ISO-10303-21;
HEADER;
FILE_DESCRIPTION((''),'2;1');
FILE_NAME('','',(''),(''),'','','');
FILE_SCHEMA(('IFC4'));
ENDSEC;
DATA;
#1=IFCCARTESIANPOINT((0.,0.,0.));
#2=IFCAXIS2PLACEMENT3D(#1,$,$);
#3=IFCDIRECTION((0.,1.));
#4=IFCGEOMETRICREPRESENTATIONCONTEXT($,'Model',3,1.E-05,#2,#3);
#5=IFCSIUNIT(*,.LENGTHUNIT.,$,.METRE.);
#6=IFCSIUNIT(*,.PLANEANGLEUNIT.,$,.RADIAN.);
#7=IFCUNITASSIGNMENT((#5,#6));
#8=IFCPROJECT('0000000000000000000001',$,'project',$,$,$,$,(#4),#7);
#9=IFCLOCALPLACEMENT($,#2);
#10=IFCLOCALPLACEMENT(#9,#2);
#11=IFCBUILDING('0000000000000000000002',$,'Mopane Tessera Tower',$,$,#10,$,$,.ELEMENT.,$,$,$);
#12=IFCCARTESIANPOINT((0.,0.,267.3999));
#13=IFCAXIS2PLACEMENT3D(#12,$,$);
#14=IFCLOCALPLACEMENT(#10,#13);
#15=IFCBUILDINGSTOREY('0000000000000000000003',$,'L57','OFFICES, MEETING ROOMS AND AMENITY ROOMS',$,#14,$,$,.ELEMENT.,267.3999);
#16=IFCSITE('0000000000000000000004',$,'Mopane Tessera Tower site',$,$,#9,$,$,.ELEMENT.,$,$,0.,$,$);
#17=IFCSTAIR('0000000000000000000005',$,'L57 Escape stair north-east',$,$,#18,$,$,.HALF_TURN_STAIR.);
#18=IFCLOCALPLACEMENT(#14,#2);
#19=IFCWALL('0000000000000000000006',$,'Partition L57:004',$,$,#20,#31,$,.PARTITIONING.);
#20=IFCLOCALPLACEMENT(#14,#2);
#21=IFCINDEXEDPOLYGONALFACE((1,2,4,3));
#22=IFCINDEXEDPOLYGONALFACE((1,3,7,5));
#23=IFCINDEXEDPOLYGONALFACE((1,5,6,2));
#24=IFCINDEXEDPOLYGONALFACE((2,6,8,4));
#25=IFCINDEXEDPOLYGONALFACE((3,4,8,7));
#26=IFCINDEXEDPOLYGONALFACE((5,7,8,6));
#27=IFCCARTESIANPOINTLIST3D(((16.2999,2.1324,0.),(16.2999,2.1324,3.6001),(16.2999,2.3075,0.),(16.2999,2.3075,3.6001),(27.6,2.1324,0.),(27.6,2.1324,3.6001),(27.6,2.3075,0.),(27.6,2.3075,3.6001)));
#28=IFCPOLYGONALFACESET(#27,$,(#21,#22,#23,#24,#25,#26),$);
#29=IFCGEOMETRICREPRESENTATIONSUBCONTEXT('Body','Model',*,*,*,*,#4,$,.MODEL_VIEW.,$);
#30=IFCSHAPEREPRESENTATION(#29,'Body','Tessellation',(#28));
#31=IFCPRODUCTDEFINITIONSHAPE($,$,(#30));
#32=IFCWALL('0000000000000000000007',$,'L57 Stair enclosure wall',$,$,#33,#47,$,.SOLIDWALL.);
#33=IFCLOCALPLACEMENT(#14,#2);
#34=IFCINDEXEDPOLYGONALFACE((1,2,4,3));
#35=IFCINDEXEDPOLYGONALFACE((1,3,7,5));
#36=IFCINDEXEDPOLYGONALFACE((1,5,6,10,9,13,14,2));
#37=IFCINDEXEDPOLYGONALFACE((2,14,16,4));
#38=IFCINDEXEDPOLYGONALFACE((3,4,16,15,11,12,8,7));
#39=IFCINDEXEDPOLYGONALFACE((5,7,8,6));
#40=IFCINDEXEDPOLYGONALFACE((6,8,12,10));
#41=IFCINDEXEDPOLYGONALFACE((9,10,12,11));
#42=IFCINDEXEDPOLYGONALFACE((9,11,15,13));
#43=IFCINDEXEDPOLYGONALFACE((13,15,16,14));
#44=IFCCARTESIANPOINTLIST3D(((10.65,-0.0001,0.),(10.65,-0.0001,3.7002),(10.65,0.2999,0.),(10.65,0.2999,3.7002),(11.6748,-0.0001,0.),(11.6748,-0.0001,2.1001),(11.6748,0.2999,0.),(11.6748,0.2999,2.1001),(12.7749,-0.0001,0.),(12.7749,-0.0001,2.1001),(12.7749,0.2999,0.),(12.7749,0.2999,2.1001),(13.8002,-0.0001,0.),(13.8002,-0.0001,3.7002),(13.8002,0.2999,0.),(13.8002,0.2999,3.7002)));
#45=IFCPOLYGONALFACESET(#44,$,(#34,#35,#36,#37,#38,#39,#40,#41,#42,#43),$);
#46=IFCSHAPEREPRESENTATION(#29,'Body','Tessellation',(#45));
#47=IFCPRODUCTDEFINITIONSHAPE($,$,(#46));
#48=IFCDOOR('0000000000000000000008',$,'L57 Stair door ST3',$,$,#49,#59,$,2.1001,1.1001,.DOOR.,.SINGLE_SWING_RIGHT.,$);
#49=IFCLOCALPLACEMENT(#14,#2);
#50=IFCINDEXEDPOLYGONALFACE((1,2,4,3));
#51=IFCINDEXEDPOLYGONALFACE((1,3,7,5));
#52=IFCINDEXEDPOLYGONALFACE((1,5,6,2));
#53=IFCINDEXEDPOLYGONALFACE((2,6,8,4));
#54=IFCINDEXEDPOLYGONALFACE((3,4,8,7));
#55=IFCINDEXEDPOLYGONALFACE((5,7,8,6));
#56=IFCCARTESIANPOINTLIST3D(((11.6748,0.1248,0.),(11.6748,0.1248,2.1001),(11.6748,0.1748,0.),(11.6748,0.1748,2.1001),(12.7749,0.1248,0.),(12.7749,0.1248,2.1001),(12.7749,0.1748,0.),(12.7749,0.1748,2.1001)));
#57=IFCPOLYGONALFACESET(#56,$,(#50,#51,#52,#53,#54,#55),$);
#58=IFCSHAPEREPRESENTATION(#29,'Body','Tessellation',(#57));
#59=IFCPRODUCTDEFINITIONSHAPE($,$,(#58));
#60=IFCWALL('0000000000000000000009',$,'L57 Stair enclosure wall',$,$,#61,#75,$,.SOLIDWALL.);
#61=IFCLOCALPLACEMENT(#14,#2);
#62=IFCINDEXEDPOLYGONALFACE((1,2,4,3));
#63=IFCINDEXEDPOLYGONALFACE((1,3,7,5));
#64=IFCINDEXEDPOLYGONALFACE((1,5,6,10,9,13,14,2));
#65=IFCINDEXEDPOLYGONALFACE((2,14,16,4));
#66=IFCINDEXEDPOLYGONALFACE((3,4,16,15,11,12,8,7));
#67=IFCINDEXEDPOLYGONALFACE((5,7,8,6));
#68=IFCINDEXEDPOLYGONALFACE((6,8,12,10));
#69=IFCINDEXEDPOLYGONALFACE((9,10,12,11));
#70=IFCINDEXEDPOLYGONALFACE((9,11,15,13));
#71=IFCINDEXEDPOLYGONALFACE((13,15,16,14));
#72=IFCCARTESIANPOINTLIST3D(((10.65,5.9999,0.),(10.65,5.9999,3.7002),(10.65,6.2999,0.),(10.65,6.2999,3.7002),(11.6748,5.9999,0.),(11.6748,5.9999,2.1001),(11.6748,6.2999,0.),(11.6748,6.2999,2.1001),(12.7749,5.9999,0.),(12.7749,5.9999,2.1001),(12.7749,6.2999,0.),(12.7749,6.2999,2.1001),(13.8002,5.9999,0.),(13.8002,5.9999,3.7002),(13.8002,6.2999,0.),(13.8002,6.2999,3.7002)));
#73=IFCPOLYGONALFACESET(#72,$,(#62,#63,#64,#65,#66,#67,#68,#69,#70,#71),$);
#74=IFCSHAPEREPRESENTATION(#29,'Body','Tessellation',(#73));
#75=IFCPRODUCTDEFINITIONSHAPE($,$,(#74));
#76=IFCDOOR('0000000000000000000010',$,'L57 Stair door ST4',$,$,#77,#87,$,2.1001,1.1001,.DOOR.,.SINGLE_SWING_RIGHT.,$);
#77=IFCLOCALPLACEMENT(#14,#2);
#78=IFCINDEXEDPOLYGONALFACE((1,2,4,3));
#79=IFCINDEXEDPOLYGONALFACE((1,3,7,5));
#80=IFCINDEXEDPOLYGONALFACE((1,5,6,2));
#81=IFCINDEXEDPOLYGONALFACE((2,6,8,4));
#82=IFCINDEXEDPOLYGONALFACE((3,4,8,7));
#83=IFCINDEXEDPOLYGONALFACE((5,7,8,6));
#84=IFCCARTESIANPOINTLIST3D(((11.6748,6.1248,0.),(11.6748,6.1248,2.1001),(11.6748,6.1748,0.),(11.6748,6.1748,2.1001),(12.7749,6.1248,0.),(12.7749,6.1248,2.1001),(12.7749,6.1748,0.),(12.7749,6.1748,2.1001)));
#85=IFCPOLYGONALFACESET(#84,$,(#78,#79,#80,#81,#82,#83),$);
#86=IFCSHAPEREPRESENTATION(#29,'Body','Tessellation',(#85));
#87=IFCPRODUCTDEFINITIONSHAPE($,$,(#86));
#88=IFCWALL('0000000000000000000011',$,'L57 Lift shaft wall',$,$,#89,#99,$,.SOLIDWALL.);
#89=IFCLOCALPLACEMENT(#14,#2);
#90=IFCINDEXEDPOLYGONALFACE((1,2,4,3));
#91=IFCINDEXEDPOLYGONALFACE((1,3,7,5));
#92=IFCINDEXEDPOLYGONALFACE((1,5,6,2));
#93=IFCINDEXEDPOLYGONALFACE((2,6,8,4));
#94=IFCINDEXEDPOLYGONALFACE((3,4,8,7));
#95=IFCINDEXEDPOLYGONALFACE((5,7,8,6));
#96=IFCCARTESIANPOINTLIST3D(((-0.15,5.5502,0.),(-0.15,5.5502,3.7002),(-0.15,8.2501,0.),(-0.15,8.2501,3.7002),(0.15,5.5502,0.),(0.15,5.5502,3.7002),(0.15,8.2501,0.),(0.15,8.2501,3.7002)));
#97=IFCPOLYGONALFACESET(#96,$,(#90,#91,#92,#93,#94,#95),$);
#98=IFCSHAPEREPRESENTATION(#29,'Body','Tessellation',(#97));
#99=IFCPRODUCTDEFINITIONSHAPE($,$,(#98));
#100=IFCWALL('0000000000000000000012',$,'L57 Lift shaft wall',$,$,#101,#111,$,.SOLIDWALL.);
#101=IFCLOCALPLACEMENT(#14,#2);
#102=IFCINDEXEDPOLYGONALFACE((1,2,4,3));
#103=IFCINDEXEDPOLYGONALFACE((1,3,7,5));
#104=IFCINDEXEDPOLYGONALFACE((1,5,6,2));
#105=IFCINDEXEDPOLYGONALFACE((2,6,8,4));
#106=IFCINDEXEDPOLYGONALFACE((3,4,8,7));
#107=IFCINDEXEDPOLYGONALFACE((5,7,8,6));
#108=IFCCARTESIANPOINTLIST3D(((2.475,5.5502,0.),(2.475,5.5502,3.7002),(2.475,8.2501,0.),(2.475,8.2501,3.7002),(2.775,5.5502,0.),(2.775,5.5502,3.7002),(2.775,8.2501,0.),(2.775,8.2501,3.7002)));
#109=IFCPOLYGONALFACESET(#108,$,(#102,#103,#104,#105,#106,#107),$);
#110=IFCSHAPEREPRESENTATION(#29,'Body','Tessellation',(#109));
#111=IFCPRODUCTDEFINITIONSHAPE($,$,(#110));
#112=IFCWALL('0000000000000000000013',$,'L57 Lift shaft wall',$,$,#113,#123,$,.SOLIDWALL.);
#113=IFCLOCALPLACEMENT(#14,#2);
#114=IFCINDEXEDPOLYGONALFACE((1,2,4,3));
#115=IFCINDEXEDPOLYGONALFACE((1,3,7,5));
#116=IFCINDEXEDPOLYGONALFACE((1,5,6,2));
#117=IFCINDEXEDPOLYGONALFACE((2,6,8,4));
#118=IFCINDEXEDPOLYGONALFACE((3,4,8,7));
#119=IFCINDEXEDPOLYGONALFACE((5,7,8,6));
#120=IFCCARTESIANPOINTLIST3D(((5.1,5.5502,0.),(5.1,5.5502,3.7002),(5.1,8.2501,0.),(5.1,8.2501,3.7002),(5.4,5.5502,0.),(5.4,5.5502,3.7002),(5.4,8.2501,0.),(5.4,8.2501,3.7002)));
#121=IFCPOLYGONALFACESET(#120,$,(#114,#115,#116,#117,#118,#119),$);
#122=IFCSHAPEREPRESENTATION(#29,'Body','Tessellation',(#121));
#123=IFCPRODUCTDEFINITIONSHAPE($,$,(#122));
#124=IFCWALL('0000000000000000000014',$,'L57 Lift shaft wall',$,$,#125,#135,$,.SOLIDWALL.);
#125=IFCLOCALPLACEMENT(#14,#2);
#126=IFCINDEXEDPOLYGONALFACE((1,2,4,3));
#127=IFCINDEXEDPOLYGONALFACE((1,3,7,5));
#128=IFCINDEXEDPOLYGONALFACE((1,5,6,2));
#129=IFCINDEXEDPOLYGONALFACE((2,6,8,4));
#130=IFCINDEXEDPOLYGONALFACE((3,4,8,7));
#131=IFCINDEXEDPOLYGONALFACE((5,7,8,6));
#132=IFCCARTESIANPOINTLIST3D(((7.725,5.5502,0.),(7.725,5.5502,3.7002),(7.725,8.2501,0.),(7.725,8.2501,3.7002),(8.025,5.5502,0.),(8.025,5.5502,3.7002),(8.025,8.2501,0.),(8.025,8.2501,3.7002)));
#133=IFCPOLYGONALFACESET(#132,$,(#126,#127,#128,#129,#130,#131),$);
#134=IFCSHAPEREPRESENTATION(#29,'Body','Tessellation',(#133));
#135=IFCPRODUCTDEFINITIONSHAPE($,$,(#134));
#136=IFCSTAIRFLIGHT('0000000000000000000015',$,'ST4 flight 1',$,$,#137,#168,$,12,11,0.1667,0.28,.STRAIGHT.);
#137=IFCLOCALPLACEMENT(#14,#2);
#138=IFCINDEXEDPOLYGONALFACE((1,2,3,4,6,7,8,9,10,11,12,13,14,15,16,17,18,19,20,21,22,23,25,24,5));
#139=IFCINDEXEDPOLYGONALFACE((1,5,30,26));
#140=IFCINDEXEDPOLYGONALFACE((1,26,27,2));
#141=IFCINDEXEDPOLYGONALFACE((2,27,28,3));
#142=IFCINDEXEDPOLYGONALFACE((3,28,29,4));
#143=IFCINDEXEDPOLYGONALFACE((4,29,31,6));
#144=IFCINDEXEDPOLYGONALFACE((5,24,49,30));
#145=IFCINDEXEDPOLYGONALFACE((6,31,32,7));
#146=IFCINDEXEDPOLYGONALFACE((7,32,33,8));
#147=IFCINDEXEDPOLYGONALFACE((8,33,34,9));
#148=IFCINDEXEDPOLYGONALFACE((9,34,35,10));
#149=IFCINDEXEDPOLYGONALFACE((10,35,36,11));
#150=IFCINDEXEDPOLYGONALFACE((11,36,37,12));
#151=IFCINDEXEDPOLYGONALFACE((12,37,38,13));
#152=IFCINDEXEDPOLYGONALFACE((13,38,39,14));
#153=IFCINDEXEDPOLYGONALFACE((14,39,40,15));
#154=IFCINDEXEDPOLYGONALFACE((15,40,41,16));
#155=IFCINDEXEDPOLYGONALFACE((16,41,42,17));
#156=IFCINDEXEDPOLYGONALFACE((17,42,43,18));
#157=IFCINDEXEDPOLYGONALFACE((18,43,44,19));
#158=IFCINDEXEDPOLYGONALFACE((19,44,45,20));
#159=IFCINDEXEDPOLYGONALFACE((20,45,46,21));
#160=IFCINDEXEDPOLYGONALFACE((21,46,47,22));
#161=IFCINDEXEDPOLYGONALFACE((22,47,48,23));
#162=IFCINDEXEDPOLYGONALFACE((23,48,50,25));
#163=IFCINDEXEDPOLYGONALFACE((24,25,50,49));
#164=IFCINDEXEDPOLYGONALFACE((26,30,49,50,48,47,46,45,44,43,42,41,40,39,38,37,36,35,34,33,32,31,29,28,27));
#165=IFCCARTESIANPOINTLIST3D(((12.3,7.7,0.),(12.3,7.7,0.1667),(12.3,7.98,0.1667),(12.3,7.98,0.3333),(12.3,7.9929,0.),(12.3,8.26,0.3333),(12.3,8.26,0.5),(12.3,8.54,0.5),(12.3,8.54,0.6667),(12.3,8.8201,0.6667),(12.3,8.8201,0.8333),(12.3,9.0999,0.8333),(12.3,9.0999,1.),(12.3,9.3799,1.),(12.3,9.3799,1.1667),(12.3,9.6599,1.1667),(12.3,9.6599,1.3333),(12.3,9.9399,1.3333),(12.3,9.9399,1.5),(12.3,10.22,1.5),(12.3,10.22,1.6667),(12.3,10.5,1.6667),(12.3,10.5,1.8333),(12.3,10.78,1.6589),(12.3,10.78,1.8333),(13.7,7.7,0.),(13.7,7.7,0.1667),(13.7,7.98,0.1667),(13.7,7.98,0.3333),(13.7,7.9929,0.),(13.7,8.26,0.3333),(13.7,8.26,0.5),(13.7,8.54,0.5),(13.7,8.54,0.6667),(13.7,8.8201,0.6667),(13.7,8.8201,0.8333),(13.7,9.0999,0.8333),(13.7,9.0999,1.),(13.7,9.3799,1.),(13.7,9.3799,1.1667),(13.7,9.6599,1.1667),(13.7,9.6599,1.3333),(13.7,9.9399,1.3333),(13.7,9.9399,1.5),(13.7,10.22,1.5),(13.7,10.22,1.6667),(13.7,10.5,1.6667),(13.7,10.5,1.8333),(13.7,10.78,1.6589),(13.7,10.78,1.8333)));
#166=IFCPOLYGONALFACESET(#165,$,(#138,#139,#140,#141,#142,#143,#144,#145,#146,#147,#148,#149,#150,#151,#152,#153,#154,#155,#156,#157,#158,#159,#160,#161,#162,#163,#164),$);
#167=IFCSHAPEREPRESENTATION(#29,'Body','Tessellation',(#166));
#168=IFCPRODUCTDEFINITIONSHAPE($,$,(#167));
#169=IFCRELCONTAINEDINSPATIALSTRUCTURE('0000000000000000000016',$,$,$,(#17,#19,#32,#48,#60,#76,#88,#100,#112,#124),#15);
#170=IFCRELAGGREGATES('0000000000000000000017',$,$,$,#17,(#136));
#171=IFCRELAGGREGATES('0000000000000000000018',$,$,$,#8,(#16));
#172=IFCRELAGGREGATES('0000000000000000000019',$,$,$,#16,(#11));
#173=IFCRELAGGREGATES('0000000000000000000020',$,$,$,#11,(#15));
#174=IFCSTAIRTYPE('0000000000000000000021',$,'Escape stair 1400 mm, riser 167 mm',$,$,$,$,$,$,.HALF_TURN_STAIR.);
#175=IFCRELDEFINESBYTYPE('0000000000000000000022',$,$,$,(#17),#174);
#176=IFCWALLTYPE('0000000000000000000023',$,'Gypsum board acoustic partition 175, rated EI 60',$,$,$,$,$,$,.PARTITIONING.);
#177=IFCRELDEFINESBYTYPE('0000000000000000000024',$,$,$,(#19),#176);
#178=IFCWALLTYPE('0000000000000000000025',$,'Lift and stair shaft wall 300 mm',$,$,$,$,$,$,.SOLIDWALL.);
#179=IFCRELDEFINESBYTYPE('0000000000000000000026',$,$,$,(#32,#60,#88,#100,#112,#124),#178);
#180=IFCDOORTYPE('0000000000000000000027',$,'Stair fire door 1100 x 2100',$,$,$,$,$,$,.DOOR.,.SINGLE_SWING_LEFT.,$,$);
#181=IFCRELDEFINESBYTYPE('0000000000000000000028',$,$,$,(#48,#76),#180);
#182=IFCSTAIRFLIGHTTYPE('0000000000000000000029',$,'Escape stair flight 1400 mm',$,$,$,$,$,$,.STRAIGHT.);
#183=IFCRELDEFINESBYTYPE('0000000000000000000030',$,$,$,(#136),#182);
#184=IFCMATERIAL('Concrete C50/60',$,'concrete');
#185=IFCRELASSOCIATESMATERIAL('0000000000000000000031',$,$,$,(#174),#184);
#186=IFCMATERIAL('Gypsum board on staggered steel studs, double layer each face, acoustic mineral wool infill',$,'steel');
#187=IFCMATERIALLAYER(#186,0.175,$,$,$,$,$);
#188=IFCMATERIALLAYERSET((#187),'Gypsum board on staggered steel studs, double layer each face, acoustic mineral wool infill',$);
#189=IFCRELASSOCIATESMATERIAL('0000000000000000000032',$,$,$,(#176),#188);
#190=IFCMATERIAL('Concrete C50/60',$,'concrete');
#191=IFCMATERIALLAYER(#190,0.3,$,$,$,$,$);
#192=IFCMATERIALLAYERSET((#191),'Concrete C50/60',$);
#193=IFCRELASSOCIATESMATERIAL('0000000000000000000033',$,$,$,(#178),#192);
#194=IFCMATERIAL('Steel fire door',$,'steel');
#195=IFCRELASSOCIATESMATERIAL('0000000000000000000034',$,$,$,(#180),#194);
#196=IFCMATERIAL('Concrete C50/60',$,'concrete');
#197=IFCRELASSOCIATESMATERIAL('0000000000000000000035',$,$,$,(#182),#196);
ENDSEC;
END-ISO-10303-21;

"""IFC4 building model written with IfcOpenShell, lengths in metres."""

from ifc_helpers import new_model, si_unit, direction, frame, frame_2d, origin, place, context, subcontext, project, spatial, polyline, rectangle, outline, extrude, material, layer, layer_set, type_object, element, fill, aggregate, save


model = new_model("IFC4")

# Units and contexts
model_context = context("Model", 3, precision=1e-05, world=origin(), true_north=direction((0.0, 1.0)))
body_context = subcontext(model_context, "Body", "Model", "MODEL_VIEW")
ifc_project = project(units=[si_unit("LENGTHUNIT", "METRE"), si_unit("PLANEANGLEUNIT", "RADIAN")], contexts=[model_context])

# Site, building, storey
site_placement = place(None, origin())
site = spatial("IfcSite", under=ifc_project, at=site_placement, Name="Mopane Tessera Tower site", CompositionType="ELEMENT", RefElevation=0.0)
building_placement = place(site_placement, origin())
building = spatial("IfcBuilding", under=site, at=building_placement, Name="Mopane Tessera Tower", CompositionType="ELEMENT")
storey_placement = place(building_placement, frame((0.0, 0.0, 267.3999)))
storey = spatial("IfcBuildingStorey", under=building, at=storey_placement, Name="L57", Description="OFFICES, MEETING ROOMS AND AMENITY ROOMS", CompositionType="ELEMENT", Elevation=267.3999)

# Stair
ifc_material_1 = material(Name="Concrete C50/60", Category="concrete")
stair_type = type_object("IfcStairType", Name="Escape stair 1400 mm, riser 167 mm", PredefinedType="HALF_TURN_STAIR", material=ifc_material_1)
stair_1_placement = place(storey_placement, origin())
stair_1 = element("IfcStair", 1, at=stair_1_placement, inside=storey, type_object=stair_type, Name="L57 Escape stair north-east", PredefinedType="HALF_TURN_STAIR")

# Wall
ifc_material_2 = material(Name="Gypsum board on staggered steel studs, double layer each face, acoustic mineral wool infill", Category="steel")
ifc_layer_1 = layer(ifc_material_2, 0.175)
ifc_layer_set_1 = layer_set([ifc_layer_1], Name="Gypsum board on staggered steel studs, double layer each face, acoustic mineral wool infill")
wall_type_1 = type_object("IfcWallType", Name="Gypsum board acoustic partition 175, rated EI 60", PredefinedType="PARTITIONING", material=ifc_layer_set_1)
wall_1_placement = place(storey_placement, frame((16.3, 2.22, 0.0), z_axis=(0.0, 0.0, 1.0), x_axis=(1.0, 0.0, 0.0)))
element("IfcWall", 2, at=wall_1_placement, inside=storey, type_object=wall_type_1, Name="Partition L57:004", PredefinedType="PARTITIONING", context=body_context, shape_type="SweptSolid", body=[
    extrude(rectangle(XDim=11.3, YDim=0.175, at=frame_2d((5.6499, 0.0))), origin(), (0.0, 0.0, 1.0), 3.6001),
])

# Walls, openings, doors
ifc_material_3 = material(Name="Concrete C50/60", Category="concrete")
ifc_layer_2 = layer(ifc_material_3, 0.3)
ifc_layer_set_2 = layer_set([ifc_layer_2], Name="Concrete C50/60")
wall_type_2 = type_object("IfcWallType", Name="Lift and stair shaft wall 300 mm", PredefinedType="SOLIDWALL", material=ifc_layer_set_2)
wall_2_placement = place(storey_placement, frame((10.6499, 0.1499, 0.0), z_axis=(0.0, 0.0, 1.0), x_axis=(1.0, 0.0, 0.0)))
wall_2 = element("IfcWall", 3, at=wall_2_placement, inside=storey, type_object=wall_type_2, Name="L57 Stair enclosure wall", PredefinedType="SOLIDWALL", context=body_context, shape_type="SweptSolid", body=[
    extrude(rectangle(XDim=3.1501, YDim=0.3, at=frame_2d((1.5752, 0.0))), origin(), (0.0, 0.0, 1.0), 3.7002),
])
opening_1_placement = place(wall_2_placement, frame((1.0249, 0.0, 0.0)))
opening_1 = element("IfcOpeningElement", 4, at=opening_1_placement, cuts=wall_2, PredefinedType="OPENING", context=body_context, shape_type="SweptSolid", body=[
    extrude(rectangle(XDim=1.1001, YDim=2.1001, at=frame_2d((0.55, 1.05))), frame((0.0, 0.1621, 0.0), z_axis=(0.0, -1.0, 0.0), x_axis=(1.0, 0.0, 0.0)), (0.0, 0.0, 1.0), 0.324),
])
ifc_material_4 = material(Name="Steel fire door", Category="steel")
door_type = type_object("IfcDoorType", Name="Stair fire door 1100 x 2100", OperationType="SINGLE_SWING_LEFT", PredefinedType="DOOR", material=ifc_material_4)
door_1_placement = place(opening_1_placement, origin())
door_1 = element("IfcDoor", 5, at=door_1_placement, inside=storey, type_object=door_type, Name="L57 Stair door ST3", OperationType="SINGLE_SWING_RIGHT", OverallHeight=2.1001, OverallWidth=1.1001, PredefinedType="DOOR", context=body_context, shape_type="SweptSolid", body=[
    extrude(rectangle(XDim=1.1001, YDim=2.1001, at=frame_2d((0.55, 1.05))), frame((0.0, 0.0249, 0.0), z_axis=(0.0, -1.0, 0.0), x_axis=(1.0, 0.0, 0.0)), (0.0, 0.0, 1.0), 0.05),
])
fill(opening_1, door_1)
wall_3_placement = place(storey_placement, frame((10.6499, 6.1499, 0.0), z_axis=(0.0, 0.0, 1.0), x_axis=(1.0, 0.0, 0.0)))
wall_3 = element("IfcWall", 6, at=wall_3_placement, inside=storey, type_object=wall_type_2, Name="L57 Stair enclosure wall", PredefinedType="SOLIDWALL", context=body_context, shape_type="SweptSolid", body=[
    extrude(rectangle(XDim=3.1501, YDim=0.3, at=frame_2d((1.5752, 0.0))), origin(), (0.0, 0.0, 1.0), 3.7002),
])
opening_2_placement = place(wall_3_placement, frame((1.0249, 0.0, 0.0)))
opening_2 = element("IfcOpeningElement", 7, at=opening_2_placement, cuts=wall_3, PredefinedType="OPENING", context=body_context, shape_type="SweptSolid", body=[
    extrude(rectangle(XDim=1.1001, YDim=2.1001, at=frame_2d((0.55, 1.05))), frame((0.0, 0.1621, 0.0), z_axis=(0.0, -1.0, 0.0), x_axis=(1.0, 0.0, 0.0)), (0.0, 0.0, 1.0), 0.324),
])
door_2_placement = place(opening_2_placement, origin())
door_2 = element("IfcDoor", 8, at=door_2_placement, inside=storey, type_object=door_type, Name="L57 Stair door ST4", OperationType="SINGLE_SWING_RIGHT", OverallHeight=2.1001, OverallWidth=1.1001, PredefinedType="DOOR", context=body_context, shape_type="SweptSolid", body=[
    extrude(rectangle(XDim=1.1001, YDim=2.1001, at=frame_2d((0.55, 1.05))), frame((0.0, 0.0249, 0.0), z_axis=(0.0, -1.0, 0.0), x_axis=(1.0, 0.0, 0.0)), (0.0, 0.0, 1.0), 0.05),
])
fill(opening_2, door_2)

# Walls
for number, where, z_axis, x_axis, name in (
    (9, (0.0, 5.55, 0.0), (0.0, 0.0, 1.0), (0.0, 1.0, 0.0), "L57 Lift shaft wall"),
    (10, (2.625, 5.55, 0.0), (0.0, 0.0, 1.0), (0.0, 1.0, 0.0), "L57 Lift shaft wall"),
    (11, (5.25, 5.55, 0.0), (0.0, 0.0, 1.0), (0.0, 1.0, 0.0), "L57 Lift shaft wall"),
    (12, (7.875, 5.55, 0.0), (0.0, 0.0, 1.0), (0.0, 1.0, 0.0), "L57 Lift shaft wall"),
):
    element("IfcWall", number, at=place(storey_placement, frame(where, z_axis=z_axis, x_axis=x_axis)), inside=storey, type_object=wall_type_2, Name=name, PredefinedType="SOLIDWALL", context=body_context, shape_type="SweptSolid", body=[
        extrude(rectangle(XDim=2.7, YDim=0.3, at=frame_2d((1.3501, 0.0))), origin(), (0.0, 0.0, 1.0), 3.7002),
    ])

# Stair flight
ifc_material_5 = material(Name="Concrete C50/60", Category="concrete")
stair_flight_type = type_object("IfcStairFlightType", Name="Escape stair flight 1400 mm", PredefinedType="STRAIGHT", material=ifc_material_5)
stair_flight_1_placement = place(storey_placement, frame((13.0, 7.7, 0.0), z_axis=(0.0, 0.0, 1.0), x_axis=(0.0, 1.0, 0.0)))
stair_flight_1 = element("IfcStairFlight", 13, at=stair_flight_1_placement, type_object=stair_flight_type, Name="ST4 flight 1", NumberOfRisers=12, NumberOfTreads=11, PredefinedType="STRAIGHT", RiserHeight=0.1667, TreadLength=0.28, context=body_context, shape_type="SweptSolid", body=[
    extrude(outline(polyline([(0.0, 0.0), (0.0, 0.1667), (0.28, 0.1667), (0.28, 0.3333), (0.5601, 0.3333), (0.5601, 0.5), (0.8401, 0.5), (0.8401, 0.6667), (1.1201, 0.6667), (1.1201, 0.8333), (1.3999, 0.8333), (1.3999, 1.0), (1.6799, 1.0), (1.6799, 1.1667), (1.96, 1.1667), (1.96, 1.3333), (2.24, 1.3333), (2.24, 1.5), (2.52, 1.5), (2.52, 1.6667), (2.8, 1.6667), (2.8, 1.8333), (3.0801, 1.8333), (3.0801, 2.0), (3.0801, 1.6589), (0.293, 0.0), (0.0, 0.0)])), frame((0.0, 0.7, 0.0), z_axis=(0.0, -1.0, 0.0), x_axis=(1.0, 0.0, 0.0)), (0.0, 0.0, 1.0), 1.3999),
])
aggregate(stair_1, [stair_flight_1])

save(model, "model.ifc")
